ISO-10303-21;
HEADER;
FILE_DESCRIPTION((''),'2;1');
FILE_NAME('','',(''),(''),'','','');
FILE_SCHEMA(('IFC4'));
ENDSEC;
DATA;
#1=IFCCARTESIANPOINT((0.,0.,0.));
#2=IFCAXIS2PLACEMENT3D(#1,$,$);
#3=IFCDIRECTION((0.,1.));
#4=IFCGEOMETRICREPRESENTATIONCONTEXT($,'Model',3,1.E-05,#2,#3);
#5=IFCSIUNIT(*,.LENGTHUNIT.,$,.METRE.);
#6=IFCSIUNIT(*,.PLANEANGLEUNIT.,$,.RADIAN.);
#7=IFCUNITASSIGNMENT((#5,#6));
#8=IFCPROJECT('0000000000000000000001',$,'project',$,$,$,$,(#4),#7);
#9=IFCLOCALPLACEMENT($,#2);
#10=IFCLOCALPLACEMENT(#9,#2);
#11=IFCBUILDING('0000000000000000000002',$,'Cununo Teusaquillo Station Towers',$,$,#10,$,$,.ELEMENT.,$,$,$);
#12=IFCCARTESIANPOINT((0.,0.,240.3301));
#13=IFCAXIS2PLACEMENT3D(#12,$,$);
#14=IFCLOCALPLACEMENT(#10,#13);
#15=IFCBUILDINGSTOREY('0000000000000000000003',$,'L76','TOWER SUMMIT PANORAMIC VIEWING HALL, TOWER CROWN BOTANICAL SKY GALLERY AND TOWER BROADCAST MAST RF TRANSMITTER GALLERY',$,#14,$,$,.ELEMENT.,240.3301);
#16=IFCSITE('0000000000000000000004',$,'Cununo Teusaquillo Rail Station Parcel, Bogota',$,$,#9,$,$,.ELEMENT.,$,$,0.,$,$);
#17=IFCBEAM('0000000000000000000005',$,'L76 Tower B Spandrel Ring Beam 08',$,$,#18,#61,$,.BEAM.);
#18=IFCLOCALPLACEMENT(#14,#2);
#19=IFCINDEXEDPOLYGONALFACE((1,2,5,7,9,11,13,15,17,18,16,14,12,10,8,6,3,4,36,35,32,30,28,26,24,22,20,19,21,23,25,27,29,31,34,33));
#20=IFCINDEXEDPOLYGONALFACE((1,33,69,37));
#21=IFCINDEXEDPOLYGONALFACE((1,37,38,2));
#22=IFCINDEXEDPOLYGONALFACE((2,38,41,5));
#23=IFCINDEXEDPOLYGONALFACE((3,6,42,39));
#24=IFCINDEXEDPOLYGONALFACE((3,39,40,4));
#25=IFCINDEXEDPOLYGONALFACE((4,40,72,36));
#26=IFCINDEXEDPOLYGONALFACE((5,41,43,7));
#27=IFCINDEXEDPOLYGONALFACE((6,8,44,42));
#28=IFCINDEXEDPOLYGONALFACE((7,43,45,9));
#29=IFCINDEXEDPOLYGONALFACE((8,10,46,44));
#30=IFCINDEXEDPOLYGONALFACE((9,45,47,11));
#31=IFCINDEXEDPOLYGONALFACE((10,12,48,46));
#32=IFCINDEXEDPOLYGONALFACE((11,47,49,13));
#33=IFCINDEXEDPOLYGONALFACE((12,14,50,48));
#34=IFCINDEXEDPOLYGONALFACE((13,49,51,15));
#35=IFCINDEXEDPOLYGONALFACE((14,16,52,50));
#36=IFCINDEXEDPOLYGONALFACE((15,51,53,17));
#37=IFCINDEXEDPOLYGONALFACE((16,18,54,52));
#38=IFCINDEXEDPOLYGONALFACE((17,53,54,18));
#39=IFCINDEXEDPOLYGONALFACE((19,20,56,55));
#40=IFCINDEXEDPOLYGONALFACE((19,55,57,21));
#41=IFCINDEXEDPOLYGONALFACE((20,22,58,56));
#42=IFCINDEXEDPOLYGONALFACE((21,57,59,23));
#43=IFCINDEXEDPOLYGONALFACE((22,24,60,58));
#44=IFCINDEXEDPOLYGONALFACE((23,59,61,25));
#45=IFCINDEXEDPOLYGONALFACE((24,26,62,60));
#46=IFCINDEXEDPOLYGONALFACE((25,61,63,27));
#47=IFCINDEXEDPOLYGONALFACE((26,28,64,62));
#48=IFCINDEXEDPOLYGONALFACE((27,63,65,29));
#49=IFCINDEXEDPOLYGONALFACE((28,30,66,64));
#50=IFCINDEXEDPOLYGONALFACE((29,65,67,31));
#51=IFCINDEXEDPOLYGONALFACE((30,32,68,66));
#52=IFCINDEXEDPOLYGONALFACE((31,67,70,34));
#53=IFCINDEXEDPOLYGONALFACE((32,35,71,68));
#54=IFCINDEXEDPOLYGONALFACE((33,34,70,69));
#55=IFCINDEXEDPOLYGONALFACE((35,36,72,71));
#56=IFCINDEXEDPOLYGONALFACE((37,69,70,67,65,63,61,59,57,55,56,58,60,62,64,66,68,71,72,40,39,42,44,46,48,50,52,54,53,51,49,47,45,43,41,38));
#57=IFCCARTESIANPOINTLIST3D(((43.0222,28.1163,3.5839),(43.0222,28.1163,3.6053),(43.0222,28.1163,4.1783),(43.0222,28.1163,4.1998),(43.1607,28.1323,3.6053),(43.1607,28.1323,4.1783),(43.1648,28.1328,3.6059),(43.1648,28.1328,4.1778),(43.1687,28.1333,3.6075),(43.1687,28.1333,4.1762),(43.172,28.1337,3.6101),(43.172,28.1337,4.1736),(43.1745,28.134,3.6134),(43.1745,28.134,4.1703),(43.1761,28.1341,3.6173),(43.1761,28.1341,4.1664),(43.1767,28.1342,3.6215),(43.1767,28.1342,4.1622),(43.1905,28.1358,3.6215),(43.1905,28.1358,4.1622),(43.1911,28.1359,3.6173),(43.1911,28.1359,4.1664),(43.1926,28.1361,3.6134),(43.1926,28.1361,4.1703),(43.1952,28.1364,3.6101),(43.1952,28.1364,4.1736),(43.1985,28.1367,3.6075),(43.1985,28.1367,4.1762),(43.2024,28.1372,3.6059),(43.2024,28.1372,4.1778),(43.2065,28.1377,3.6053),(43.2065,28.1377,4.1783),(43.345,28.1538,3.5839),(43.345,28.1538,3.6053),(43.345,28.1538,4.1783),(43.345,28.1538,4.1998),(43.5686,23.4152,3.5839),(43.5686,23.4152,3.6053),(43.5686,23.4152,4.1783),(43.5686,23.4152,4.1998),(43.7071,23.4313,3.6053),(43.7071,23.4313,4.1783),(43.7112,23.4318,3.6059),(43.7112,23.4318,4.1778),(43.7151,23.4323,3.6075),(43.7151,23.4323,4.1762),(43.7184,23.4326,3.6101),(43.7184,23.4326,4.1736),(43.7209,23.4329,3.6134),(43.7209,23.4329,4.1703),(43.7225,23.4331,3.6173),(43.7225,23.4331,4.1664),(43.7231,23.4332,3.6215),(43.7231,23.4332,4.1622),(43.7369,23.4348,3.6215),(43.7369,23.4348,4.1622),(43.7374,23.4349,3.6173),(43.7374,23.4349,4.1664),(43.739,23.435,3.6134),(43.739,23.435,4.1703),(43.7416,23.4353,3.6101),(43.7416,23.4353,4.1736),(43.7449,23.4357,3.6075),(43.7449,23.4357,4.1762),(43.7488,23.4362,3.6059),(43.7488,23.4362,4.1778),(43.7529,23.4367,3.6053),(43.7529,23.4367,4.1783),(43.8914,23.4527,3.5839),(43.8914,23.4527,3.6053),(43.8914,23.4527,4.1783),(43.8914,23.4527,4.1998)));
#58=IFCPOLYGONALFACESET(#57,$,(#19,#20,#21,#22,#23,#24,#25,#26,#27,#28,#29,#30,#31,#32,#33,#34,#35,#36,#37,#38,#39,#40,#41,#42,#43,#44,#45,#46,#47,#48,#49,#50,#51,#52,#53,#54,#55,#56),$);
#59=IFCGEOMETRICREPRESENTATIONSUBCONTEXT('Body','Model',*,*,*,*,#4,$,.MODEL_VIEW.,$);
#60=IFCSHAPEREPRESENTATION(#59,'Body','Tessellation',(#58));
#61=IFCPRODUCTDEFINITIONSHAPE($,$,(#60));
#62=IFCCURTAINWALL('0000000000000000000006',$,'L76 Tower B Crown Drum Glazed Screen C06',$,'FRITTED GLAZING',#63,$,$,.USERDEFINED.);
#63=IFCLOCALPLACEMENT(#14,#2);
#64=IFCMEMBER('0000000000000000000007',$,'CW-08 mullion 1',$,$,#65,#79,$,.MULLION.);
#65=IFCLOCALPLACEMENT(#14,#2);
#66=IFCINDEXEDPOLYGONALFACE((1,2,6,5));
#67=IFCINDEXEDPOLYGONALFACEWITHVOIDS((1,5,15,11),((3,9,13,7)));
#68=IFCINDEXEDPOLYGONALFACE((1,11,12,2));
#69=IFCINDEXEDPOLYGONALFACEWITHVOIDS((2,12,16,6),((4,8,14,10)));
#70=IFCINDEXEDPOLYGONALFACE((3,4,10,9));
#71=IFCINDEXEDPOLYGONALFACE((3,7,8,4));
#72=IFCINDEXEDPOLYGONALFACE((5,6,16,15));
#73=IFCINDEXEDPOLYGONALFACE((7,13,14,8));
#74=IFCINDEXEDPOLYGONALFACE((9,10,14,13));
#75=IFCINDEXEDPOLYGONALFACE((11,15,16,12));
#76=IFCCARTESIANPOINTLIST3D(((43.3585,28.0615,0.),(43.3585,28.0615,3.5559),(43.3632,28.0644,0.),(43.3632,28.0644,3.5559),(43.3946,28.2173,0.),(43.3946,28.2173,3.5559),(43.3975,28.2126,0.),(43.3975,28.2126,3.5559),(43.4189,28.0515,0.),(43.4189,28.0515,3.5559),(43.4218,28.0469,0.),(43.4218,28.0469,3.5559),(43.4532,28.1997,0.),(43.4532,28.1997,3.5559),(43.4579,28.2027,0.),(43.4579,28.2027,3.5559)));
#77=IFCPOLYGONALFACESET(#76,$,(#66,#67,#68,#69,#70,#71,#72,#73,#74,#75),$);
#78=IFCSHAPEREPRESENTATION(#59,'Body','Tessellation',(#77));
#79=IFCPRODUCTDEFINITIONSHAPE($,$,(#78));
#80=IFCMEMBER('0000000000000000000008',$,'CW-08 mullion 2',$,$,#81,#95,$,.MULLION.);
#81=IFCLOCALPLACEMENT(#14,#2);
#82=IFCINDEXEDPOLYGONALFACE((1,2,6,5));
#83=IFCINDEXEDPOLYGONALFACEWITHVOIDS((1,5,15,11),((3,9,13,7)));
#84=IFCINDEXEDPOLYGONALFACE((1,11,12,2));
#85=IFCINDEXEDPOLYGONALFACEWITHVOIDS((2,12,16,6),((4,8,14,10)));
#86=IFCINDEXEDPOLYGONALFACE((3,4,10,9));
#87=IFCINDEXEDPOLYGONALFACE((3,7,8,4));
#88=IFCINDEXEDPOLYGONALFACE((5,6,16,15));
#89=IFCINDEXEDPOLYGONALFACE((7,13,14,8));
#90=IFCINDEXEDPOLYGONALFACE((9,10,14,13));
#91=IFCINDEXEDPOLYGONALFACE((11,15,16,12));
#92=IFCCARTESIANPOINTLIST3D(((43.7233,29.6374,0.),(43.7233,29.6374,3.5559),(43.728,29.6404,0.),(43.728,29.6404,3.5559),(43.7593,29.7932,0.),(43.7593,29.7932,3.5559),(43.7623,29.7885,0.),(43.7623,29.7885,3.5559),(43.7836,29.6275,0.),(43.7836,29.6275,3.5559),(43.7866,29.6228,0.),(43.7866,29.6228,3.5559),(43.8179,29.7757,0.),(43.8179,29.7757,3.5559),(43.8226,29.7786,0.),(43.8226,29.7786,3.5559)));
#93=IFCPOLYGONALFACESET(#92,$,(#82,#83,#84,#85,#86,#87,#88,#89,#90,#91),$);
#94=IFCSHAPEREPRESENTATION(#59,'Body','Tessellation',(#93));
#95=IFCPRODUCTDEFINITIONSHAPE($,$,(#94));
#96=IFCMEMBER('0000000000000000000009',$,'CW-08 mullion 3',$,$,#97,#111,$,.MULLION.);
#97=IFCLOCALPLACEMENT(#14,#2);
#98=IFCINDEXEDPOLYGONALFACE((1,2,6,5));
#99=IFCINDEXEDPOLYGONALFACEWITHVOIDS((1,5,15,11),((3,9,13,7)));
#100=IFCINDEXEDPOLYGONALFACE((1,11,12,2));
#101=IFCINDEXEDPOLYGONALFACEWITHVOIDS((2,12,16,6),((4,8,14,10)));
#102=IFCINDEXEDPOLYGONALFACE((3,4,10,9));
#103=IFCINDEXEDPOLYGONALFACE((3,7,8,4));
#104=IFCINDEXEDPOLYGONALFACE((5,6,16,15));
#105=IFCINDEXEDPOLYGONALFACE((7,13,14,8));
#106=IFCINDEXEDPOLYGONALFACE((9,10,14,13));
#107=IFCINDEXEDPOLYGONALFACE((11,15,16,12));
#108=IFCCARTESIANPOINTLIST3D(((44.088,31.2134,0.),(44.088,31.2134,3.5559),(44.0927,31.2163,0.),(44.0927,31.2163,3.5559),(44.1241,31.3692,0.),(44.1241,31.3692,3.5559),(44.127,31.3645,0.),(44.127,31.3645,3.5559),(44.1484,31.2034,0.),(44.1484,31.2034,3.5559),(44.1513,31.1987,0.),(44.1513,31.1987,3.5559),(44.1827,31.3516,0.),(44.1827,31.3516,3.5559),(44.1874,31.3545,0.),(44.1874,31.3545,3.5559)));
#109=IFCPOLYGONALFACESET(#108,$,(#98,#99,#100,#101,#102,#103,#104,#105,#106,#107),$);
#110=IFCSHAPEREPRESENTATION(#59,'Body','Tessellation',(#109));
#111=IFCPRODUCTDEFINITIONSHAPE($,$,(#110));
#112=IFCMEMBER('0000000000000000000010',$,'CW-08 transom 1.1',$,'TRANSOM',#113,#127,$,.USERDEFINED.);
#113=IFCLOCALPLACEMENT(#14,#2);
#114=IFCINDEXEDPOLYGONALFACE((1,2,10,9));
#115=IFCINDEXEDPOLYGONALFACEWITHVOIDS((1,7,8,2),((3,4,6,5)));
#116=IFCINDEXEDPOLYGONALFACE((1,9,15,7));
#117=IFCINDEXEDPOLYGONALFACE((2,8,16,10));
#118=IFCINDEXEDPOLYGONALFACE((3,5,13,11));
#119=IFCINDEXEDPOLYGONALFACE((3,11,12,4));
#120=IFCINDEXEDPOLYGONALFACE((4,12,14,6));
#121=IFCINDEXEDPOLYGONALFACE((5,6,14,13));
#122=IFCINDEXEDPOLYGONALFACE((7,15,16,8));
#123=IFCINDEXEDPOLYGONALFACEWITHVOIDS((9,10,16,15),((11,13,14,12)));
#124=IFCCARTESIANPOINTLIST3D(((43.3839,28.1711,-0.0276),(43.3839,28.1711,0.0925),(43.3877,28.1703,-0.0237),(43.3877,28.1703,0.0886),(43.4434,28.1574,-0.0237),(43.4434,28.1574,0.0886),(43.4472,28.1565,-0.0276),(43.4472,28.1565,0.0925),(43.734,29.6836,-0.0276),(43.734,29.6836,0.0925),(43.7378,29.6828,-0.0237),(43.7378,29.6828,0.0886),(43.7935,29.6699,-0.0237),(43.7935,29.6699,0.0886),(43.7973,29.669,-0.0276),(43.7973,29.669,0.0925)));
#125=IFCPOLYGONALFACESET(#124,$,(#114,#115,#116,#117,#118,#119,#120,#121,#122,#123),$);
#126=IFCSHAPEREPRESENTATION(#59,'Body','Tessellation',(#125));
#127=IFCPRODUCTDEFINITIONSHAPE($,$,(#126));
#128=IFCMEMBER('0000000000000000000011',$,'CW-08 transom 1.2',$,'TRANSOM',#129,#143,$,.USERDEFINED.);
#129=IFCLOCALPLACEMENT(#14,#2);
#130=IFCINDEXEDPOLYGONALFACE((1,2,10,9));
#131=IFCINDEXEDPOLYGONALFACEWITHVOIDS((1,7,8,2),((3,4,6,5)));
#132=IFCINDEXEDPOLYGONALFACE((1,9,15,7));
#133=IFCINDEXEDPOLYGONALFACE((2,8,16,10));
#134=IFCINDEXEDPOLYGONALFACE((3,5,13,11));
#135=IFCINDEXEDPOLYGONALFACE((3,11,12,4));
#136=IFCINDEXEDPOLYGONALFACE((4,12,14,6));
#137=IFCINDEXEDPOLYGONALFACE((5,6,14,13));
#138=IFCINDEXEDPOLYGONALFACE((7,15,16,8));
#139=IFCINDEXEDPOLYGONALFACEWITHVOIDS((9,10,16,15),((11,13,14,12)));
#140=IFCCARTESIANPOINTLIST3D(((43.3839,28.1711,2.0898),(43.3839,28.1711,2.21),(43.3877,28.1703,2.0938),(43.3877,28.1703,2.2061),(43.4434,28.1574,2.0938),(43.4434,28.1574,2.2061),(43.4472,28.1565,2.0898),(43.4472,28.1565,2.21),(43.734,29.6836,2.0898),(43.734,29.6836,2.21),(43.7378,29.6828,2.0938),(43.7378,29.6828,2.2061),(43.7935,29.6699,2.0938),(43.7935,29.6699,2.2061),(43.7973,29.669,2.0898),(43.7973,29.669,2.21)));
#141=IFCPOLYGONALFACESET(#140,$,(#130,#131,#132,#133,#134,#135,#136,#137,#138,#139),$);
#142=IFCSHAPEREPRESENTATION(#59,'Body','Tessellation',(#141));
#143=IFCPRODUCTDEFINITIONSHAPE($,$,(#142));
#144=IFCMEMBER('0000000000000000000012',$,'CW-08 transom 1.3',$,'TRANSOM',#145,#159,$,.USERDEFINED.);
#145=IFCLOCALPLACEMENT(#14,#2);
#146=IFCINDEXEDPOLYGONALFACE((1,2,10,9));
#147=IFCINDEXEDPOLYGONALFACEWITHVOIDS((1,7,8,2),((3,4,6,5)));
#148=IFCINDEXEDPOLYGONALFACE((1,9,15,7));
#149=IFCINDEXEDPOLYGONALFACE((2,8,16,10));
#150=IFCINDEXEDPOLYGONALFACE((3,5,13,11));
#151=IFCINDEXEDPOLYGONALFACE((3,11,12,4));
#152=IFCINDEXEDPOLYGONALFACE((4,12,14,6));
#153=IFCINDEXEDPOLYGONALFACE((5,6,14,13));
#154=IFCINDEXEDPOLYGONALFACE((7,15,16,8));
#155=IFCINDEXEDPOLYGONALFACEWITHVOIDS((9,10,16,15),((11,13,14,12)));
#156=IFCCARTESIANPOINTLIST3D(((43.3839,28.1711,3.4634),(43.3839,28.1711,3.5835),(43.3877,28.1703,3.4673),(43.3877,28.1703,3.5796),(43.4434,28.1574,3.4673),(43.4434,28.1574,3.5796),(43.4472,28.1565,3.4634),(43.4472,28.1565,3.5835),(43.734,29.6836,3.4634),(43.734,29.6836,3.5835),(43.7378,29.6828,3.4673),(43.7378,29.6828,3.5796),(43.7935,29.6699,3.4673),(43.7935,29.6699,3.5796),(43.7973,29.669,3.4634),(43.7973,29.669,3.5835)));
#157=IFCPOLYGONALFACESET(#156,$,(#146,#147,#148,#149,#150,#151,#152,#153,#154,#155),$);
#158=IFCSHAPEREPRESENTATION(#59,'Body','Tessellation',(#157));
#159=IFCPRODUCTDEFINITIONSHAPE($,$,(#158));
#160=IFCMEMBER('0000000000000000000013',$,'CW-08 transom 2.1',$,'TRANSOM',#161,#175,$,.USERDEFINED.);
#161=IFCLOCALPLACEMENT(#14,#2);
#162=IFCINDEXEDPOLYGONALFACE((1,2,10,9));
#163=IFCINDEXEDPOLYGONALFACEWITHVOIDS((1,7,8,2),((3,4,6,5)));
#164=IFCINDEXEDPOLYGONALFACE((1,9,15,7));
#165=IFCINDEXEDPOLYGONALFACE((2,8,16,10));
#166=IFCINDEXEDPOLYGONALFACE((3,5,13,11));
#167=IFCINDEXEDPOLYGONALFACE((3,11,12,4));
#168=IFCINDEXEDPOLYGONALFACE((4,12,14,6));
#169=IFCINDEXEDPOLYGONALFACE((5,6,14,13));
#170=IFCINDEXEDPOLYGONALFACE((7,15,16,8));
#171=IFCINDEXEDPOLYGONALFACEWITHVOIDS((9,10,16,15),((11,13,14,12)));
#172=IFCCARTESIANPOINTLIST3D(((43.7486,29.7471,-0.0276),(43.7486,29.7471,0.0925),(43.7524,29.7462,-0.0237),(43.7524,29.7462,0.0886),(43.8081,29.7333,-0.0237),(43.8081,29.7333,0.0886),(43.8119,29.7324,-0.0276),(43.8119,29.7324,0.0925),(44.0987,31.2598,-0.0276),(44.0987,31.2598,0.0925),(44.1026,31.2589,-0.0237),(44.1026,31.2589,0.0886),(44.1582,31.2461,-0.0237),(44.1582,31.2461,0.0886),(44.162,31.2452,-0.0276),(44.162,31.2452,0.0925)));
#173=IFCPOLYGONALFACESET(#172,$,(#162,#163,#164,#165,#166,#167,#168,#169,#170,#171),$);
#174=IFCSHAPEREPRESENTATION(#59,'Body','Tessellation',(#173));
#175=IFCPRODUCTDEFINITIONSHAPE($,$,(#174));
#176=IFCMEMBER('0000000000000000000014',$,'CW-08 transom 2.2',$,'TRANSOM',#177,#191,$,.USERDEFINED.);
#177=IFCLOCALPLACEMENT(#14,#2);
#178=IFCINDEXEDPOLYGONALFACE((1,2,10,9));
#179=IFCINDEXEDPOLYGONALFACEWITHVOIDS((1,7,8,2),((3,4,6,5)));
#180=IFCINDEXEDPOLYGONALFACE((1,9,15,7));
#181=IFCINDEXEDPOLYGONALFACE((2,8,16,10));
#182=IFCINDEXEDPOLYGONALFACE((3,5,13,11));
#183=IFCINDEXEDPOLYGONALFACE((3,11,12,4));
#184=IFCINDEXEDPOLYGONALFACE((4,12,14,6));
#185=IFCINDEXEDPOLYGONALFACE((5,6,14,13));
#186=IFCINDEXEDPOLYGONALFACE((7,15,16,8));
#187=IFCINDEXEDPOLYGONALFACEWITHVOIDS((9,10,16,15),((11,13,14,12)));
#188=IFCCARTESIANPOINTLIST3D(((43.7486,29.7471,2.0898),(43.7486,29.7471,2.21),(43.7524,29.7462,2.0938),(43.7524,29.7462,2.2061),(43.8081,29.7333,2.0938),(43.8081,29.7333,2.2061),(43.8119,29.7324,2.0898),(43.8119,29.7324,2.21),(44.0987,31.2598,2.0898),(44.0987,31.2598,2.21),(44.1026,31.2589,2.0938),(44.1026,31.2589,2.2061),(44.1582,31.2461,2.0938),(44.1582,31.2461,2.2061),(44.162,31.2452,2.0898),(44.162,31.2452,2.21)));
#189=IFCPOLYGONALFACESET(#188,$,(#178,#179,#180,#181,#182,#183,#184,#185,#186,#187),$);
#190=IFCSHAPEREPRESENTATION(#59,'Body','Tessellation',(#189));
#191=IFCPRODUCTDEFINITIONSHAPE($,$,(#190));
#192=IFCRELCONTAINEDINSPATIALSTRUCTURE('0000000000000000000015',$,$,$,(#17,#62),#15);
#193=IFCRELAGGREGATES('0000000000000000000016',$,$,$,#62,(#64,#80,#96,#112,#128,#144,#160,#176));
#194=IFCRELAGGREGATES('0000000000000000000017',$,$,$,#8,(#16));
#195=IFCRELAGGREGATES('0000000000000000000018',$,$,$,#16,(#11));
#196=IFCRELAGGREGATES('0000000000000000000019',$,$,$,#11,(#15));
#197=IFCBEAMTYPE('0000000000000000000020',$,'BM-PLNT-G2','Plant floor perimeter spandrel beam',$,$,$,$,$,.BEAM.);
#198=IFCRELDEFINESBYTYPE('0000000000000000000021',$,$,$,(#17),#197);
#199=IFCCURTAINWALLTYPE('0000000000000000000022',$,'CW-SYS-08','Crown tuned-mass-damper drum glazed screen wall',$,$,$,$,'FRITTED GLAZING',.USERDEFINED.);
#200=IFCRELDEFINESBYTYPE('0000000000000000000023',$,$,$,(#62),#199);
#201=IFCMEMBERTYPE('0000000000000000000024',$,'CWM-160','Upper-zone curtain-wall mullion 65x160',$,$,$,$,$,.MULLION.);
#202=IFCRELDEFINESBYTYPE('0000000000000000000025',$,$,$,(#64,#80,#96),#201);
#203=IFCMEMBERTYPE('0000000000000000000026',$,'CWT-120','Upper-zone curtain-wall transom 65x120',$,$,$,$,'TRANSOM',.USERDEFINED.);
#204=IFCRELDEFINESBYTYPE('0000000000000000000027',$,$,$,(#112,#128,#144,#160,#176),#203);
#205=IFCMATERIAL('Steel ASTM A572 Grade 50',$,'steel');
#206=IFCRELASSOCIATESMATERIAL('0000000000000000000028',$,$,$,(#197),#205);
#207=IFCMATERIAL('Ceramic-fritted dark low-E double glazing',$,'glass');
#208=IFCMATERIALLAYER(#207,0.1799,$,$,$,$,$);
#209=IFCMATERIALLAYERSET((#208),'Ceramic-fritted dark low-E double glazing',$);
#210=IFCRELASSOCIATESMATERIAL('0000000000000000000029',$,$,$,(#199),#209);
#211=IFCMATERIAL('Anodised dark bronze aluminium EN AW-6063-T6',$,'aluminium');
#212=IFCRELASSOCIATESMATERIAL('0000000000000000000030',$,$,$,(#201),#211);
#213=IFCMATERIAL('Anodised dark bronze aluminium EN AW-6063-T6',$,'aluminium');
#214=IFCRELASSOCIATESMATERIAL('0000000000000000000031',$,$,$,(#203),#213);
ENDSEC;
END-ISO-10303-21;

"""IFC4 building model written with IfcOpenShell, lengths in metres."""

from ifc_helpers import new_model, si_unit, direction, frame, origin, origin_2d, place, context, subcontext, project, spatial, hollow_rectangle, i_section, extrude, material, layer, layer_set, material_profile, profile_set, type_object, element, aggregate, save


model = new_model("IFC4")

# Units and contexts
model_context = context("Model", 3, precision=1e-05, world=origin(), true_north=direction((0.0, 1.0)))
body_context = subcontext(model_context, "Body", "Model", "MODEL_VIEW")
ifc_project = project(units=[si_unit("LENGTHUNIT", "METRE"), si_unit("PLANEANGLEUNIT", "RADIAN")], contexts=[model_context])

# Site, building, storey
site_placement = place(None, origin())
site = spatial("IfcSite", under=ifc_project, at=site_placement, Name="Cununo Teusaquillo Rail Station Parcel, Bogota", CompositionType="ELEMENT", RefElevation=0.0)
building_placement = place(site_placement, origin())
building = spatial("IfcBuilding", under=site, at=building_placement, Name="Cununo Teusaquillo Station Towers", CompositionType="ELEMENT")
storey_placement = place(building_placement, frame((0.0, 0.0, 240.3301)))
storey = spatial("IfcBuildingStorey", under=building, at=storey_placement, Name="L76", Description="TOWER SUMMIT PANORAMIC VIEWING HALL, TOWER CROWN BOTANICAL SKY GALLERY AND TOWER BROADCAST MAST RF TRANSMITTER GALLERY", CompositionType="ELEMENT", Elevation=240.3301)

# Beam
ifc_material_1 = material(Name="Steel ASTM A572 Grade 50", Category="steel")
ifc_material_profile_1 = material_profile(ifc_material_1, i_section(OverallWidth=0.325, OverallDepth=0.616, WebThickness=0.0139, FlangeThickness=0.0215, FilletRadius=0.0161, at=origin_2d()), Name="W24X117")
ifc_profile_set_1 = profile_set([ifc_material_profile_1], Name="Steel ASTM A572 Grade 50")
beam_type_1 = type_object("IfcBeamType", Name="BM-PLNT-G2", Description="Plant floor perimeter spandrel beam", PredefinedType="BEAM", material=ifc_profile_set_1)
beam_1_placement = place(storey_placement, frame((43.1836, 28.135, 3.8918), z_axis=(0.115452, -0.993313, 0.0), x_axis=(0.993313, 0.115452, 0.0)))
element("IfcBeam", 1, at=beam_1_placement, inside=storey, type_object=beam_type_1, Name="L76 Tower B Spandrel Ring Beam 08", PredefinedType="BEAM", context=body_context, shape_type="SweptSolid", body=[
    extrude(i_section(OverallWidth=0.325, OverallDepth=0.616, WebThickness=0.0139, FlangeThickness=0.0215, FilletRadius=0.0161, at=origin_2d()), origin(), (0.0, 0.0, 1.0), 4.7327),
])

# Curtain wall, members
ifc_material_2 = material(Name="Ceramic-fritted dark low-E double glazing", Category="glass")
ifc_layer_1 = layer(ifc_material_2, 0.1799)
ifc_layer_set_1 = layer_set([ifc_layer_1], Name="Ceramic-fritted dark low-E double glazing")
curtain_wall_type = type_object("IfcCurtainWallType", Name="CW-SYS-08", Description="Crown tuned-mass-damper drum glazed screen wall", ElementType="FRITTED GLAZING", PredefinedType="USERDEFINED", material=ifc_layer_set_1)
curtain_wall_placement = place(storey_placement, origin())
curtain_wall = element("IfcCurtainWall", 2, at=curtain_wall_placement, inside=storey, type_object=curtain_wall_type, Name="L76 Tower B Crown Drum Glazed Screen C06", ObjectType="FRITTED GLAZING", PredefinedType="USERDEFINED")
ifc_material_3 = material(Name="Anodised dark bronze aluminium EN AW-6063-T6", Category="aluminium")
ifc_material_profile_2 = material_profile(ifc_material_3, hollow_rectangle(XDim=0.0649, YDim=0.1599, WallThickness=0.0039, at=origin_2d()), Name="CW-MULL-65x160")
ifc_profile_set_2 = profile_set([ifc_material_profile_2], Name="Anodised dark bronze aluminium EN AW-6063-T6")
member_type_1 = type_object("IfcMemberType", Name="CWM-160", Description="Upper-zone curtain-wall mullion 65x160", PredefinedType="MULLION", material=ifc_profile_set_2)
member_1_placement = place(storey_placement, frame((43.4082, 28.1321, 0.0), z_axis=(0.0, 0.0, 1.0), x_axis=(-0.974251, 0.225466, 0.0)))
member_1 = element("IfcMember", 3, at=member_1_placement, type_object=member_type_1, Name="CW-08 mullion 1", PredefinedType="MULLION", context=body_context, shape_type="SweptSolid", body=[
    extrude(hollow_rectangle(XDim=0.0649, YDim=0.1599, WallThickness=0.0039, at=origin_2d()), origin(), (0.0, 0.0, 1.0), 3.5559),
])
member_2_placement = place(storey_placement, frame((43.7729, 29.708, 0.0), z_axis=(0.0, 0.0, 1.0), x_axis=(-0.974251, 0.225466, 0.0)))
member_2 = element("IfcMember", 4, at=member_2_placement, type_object=member_type_1, Name="CW-08 mullion 2", PredefinedType="MULLION", context=body_context, shape_type="SweptSolid", body=[
    extrude(hollow_rectangle(XDim=0.0649, YDim=0.1599, WallThickness=0.0039, at=origin_2d()), origin(), (0.0, 0.0, 1.0), 3.5559),
])
member_3_placement = place(storey_placement, frame((44.1377, 31.2839, 0.0), z_axis=(0.0, 0.0, 1.0), x_axis=(-0.974251, 0.225466, 0.0)))
member_3 = element("IfcMember", 5, at=member_3_placement, type_object=member_type_1, Name="CW-08 mullion 3", PredefinedType="MULLION", context=body_context, shape_type="SweptSolid", body=[
    extrude(hollow_rectangle(XDim=0.0649, YDim=0.1599, WallThickness=0.0039, at=origin_2d()), origin(), (0.0, 0.0, 1.0), 3.5559),
])
ifc_material_4 = material(Name="Anodised dark bronze aluminium EN AW-6063-T6", Category="aluminium")
ifc_material_profile_3 = material_profile(ifc_material_4, hollow_rectangle(XDim=0.0649, YDim=0.1201, WallThickness=0.0039, at=origin_2d()), Name="CW-TRAN-65x120")
ifc_profile_set_3 = profile_set([ifc_material_profile_3], Name="Anodised dark bronze aluminium EN AW-6063-T6")
member_type_2 = type_object("IfcMemberType", Name="CWT-120", Description="Upper-zone curtain-wall transom 65x120", ElementType="TRANSOM", PredefinedType="USERDEFINED", material=ifc_profile_set_3)
member_4_placement = place(storey_placement, frame((43.4155, 28.1638, 0.0325), z_axis=(0.225514, 0.97424, 0.0), x_axis=(-0.97424, 0.225514, 0.0)))
member_4 = element("IfcMember", 6, at=member_4_placement, type_object=member_type_2, Name="CW-08 transom 1.1", ObjectType="TRANSOM", PredefinedType="USERDEFINED", context=body_context, shape_type="SweptSolid", body=[
    extrude(hollow_rectangle(XDim=0.0649, YDim=0.1201, WallThickness=0.0039, at=origin_2d()), origin(), (0.0, 0.0, 1.0), 1.5525),
])
member_5_placement = place(storey_placement, frame((43.4155, 28.1638, 2.1499), z_axis=(0.225514, 0.97424, 0.0), x_axis=(-0.97424, 0.225514, 0.0)))
member_5 = element("IfcMember", 7, at=member_5_placement, type_object=member_type_2, Name="CW-08 transom 1.2", ObjectType="TRANSOM", PredefinedType="USERDEFINED", context=body_context, shape_type="SweptSolid", body=[
    extrude(hollow_rectangle(XDim=0.0649, YDim=0.1201, WallThickness=0.0039, at=origin_2d()), origin(), (0.0, 0.0, 1.0), 1.5525),
])
member_6_placement = place(storey_placement, frame((43.4155, 28.1638, 3.5234), z_axis=(0.225514, 0.97424, 0.0), x_axis=(-0.97424, 0.225514, 0.0)))
member_6 = element("IfcMember", 8, at=member_6_placement, type_object=member_type_2, Name="CW-08 transom 1.3", ObjectType="TRANSOM", PredefinedType="USERDEFINED", context=body_context, shape_type="SweptSolid", body=[
    extrude(hollow_rectangle(XDim=0.0649, YDim=0.1201, WallThickness=0.0039, at=origin_2d()), origin(), (0.0, 0.0, 1.0), 1.5525),
])
member_7_placement = place(storey_placement, frame((43.7803, 29.7397, 0.0325), z_axis=(0.22548, 0.974248, 0.0), x_axis=(-0.974248, 0.22548, 0.0)))
member_7 = element("IfcMember", 9, at=member_7_placement, type_object=member_type_2, Name="CW-08 transom 2.1", ObjectType="TRANSOM", PredefinedType="USERDEFINED", context=body_context, shape_type="SweptSolid", body=[
    extrude(hollow_rectangle(XDim=0.0649, YDim=0.1201, WallThickness=0.0039, at=origin_2d()), origin(), (0.0, 0.0, 1.0), 1.5527),
])
member_8_placement = place(storey_placement, frame((43.7803, 29.7397, 2.1499), z_axis=(0.22548, 0.974248, 0.0), x_axis=(-0.974248, 0.22548, 0.0)))
member_8 = element("IfcMember", 10, at=member_8_placement, type_object=member_type_2, Name="CW-08 transom 2.2", ObjectType="TRANSOM", PredefinedType="USERDEFINED", context=body_context, shape_type="SweptSolid", body=[
    extrude(hollow_rectangle(XDim=0.0649, YDim=0.1201, WallThickness=0.0039, at=origin_2d()), origin(), (0.0, 0.0, 1.0), 1.5527),
])

aggregate(curtain_wall, [member_1, member_2, member_3, member_4, member_5, member_6, member_7, member_8])

save(model, "model.ifc")
